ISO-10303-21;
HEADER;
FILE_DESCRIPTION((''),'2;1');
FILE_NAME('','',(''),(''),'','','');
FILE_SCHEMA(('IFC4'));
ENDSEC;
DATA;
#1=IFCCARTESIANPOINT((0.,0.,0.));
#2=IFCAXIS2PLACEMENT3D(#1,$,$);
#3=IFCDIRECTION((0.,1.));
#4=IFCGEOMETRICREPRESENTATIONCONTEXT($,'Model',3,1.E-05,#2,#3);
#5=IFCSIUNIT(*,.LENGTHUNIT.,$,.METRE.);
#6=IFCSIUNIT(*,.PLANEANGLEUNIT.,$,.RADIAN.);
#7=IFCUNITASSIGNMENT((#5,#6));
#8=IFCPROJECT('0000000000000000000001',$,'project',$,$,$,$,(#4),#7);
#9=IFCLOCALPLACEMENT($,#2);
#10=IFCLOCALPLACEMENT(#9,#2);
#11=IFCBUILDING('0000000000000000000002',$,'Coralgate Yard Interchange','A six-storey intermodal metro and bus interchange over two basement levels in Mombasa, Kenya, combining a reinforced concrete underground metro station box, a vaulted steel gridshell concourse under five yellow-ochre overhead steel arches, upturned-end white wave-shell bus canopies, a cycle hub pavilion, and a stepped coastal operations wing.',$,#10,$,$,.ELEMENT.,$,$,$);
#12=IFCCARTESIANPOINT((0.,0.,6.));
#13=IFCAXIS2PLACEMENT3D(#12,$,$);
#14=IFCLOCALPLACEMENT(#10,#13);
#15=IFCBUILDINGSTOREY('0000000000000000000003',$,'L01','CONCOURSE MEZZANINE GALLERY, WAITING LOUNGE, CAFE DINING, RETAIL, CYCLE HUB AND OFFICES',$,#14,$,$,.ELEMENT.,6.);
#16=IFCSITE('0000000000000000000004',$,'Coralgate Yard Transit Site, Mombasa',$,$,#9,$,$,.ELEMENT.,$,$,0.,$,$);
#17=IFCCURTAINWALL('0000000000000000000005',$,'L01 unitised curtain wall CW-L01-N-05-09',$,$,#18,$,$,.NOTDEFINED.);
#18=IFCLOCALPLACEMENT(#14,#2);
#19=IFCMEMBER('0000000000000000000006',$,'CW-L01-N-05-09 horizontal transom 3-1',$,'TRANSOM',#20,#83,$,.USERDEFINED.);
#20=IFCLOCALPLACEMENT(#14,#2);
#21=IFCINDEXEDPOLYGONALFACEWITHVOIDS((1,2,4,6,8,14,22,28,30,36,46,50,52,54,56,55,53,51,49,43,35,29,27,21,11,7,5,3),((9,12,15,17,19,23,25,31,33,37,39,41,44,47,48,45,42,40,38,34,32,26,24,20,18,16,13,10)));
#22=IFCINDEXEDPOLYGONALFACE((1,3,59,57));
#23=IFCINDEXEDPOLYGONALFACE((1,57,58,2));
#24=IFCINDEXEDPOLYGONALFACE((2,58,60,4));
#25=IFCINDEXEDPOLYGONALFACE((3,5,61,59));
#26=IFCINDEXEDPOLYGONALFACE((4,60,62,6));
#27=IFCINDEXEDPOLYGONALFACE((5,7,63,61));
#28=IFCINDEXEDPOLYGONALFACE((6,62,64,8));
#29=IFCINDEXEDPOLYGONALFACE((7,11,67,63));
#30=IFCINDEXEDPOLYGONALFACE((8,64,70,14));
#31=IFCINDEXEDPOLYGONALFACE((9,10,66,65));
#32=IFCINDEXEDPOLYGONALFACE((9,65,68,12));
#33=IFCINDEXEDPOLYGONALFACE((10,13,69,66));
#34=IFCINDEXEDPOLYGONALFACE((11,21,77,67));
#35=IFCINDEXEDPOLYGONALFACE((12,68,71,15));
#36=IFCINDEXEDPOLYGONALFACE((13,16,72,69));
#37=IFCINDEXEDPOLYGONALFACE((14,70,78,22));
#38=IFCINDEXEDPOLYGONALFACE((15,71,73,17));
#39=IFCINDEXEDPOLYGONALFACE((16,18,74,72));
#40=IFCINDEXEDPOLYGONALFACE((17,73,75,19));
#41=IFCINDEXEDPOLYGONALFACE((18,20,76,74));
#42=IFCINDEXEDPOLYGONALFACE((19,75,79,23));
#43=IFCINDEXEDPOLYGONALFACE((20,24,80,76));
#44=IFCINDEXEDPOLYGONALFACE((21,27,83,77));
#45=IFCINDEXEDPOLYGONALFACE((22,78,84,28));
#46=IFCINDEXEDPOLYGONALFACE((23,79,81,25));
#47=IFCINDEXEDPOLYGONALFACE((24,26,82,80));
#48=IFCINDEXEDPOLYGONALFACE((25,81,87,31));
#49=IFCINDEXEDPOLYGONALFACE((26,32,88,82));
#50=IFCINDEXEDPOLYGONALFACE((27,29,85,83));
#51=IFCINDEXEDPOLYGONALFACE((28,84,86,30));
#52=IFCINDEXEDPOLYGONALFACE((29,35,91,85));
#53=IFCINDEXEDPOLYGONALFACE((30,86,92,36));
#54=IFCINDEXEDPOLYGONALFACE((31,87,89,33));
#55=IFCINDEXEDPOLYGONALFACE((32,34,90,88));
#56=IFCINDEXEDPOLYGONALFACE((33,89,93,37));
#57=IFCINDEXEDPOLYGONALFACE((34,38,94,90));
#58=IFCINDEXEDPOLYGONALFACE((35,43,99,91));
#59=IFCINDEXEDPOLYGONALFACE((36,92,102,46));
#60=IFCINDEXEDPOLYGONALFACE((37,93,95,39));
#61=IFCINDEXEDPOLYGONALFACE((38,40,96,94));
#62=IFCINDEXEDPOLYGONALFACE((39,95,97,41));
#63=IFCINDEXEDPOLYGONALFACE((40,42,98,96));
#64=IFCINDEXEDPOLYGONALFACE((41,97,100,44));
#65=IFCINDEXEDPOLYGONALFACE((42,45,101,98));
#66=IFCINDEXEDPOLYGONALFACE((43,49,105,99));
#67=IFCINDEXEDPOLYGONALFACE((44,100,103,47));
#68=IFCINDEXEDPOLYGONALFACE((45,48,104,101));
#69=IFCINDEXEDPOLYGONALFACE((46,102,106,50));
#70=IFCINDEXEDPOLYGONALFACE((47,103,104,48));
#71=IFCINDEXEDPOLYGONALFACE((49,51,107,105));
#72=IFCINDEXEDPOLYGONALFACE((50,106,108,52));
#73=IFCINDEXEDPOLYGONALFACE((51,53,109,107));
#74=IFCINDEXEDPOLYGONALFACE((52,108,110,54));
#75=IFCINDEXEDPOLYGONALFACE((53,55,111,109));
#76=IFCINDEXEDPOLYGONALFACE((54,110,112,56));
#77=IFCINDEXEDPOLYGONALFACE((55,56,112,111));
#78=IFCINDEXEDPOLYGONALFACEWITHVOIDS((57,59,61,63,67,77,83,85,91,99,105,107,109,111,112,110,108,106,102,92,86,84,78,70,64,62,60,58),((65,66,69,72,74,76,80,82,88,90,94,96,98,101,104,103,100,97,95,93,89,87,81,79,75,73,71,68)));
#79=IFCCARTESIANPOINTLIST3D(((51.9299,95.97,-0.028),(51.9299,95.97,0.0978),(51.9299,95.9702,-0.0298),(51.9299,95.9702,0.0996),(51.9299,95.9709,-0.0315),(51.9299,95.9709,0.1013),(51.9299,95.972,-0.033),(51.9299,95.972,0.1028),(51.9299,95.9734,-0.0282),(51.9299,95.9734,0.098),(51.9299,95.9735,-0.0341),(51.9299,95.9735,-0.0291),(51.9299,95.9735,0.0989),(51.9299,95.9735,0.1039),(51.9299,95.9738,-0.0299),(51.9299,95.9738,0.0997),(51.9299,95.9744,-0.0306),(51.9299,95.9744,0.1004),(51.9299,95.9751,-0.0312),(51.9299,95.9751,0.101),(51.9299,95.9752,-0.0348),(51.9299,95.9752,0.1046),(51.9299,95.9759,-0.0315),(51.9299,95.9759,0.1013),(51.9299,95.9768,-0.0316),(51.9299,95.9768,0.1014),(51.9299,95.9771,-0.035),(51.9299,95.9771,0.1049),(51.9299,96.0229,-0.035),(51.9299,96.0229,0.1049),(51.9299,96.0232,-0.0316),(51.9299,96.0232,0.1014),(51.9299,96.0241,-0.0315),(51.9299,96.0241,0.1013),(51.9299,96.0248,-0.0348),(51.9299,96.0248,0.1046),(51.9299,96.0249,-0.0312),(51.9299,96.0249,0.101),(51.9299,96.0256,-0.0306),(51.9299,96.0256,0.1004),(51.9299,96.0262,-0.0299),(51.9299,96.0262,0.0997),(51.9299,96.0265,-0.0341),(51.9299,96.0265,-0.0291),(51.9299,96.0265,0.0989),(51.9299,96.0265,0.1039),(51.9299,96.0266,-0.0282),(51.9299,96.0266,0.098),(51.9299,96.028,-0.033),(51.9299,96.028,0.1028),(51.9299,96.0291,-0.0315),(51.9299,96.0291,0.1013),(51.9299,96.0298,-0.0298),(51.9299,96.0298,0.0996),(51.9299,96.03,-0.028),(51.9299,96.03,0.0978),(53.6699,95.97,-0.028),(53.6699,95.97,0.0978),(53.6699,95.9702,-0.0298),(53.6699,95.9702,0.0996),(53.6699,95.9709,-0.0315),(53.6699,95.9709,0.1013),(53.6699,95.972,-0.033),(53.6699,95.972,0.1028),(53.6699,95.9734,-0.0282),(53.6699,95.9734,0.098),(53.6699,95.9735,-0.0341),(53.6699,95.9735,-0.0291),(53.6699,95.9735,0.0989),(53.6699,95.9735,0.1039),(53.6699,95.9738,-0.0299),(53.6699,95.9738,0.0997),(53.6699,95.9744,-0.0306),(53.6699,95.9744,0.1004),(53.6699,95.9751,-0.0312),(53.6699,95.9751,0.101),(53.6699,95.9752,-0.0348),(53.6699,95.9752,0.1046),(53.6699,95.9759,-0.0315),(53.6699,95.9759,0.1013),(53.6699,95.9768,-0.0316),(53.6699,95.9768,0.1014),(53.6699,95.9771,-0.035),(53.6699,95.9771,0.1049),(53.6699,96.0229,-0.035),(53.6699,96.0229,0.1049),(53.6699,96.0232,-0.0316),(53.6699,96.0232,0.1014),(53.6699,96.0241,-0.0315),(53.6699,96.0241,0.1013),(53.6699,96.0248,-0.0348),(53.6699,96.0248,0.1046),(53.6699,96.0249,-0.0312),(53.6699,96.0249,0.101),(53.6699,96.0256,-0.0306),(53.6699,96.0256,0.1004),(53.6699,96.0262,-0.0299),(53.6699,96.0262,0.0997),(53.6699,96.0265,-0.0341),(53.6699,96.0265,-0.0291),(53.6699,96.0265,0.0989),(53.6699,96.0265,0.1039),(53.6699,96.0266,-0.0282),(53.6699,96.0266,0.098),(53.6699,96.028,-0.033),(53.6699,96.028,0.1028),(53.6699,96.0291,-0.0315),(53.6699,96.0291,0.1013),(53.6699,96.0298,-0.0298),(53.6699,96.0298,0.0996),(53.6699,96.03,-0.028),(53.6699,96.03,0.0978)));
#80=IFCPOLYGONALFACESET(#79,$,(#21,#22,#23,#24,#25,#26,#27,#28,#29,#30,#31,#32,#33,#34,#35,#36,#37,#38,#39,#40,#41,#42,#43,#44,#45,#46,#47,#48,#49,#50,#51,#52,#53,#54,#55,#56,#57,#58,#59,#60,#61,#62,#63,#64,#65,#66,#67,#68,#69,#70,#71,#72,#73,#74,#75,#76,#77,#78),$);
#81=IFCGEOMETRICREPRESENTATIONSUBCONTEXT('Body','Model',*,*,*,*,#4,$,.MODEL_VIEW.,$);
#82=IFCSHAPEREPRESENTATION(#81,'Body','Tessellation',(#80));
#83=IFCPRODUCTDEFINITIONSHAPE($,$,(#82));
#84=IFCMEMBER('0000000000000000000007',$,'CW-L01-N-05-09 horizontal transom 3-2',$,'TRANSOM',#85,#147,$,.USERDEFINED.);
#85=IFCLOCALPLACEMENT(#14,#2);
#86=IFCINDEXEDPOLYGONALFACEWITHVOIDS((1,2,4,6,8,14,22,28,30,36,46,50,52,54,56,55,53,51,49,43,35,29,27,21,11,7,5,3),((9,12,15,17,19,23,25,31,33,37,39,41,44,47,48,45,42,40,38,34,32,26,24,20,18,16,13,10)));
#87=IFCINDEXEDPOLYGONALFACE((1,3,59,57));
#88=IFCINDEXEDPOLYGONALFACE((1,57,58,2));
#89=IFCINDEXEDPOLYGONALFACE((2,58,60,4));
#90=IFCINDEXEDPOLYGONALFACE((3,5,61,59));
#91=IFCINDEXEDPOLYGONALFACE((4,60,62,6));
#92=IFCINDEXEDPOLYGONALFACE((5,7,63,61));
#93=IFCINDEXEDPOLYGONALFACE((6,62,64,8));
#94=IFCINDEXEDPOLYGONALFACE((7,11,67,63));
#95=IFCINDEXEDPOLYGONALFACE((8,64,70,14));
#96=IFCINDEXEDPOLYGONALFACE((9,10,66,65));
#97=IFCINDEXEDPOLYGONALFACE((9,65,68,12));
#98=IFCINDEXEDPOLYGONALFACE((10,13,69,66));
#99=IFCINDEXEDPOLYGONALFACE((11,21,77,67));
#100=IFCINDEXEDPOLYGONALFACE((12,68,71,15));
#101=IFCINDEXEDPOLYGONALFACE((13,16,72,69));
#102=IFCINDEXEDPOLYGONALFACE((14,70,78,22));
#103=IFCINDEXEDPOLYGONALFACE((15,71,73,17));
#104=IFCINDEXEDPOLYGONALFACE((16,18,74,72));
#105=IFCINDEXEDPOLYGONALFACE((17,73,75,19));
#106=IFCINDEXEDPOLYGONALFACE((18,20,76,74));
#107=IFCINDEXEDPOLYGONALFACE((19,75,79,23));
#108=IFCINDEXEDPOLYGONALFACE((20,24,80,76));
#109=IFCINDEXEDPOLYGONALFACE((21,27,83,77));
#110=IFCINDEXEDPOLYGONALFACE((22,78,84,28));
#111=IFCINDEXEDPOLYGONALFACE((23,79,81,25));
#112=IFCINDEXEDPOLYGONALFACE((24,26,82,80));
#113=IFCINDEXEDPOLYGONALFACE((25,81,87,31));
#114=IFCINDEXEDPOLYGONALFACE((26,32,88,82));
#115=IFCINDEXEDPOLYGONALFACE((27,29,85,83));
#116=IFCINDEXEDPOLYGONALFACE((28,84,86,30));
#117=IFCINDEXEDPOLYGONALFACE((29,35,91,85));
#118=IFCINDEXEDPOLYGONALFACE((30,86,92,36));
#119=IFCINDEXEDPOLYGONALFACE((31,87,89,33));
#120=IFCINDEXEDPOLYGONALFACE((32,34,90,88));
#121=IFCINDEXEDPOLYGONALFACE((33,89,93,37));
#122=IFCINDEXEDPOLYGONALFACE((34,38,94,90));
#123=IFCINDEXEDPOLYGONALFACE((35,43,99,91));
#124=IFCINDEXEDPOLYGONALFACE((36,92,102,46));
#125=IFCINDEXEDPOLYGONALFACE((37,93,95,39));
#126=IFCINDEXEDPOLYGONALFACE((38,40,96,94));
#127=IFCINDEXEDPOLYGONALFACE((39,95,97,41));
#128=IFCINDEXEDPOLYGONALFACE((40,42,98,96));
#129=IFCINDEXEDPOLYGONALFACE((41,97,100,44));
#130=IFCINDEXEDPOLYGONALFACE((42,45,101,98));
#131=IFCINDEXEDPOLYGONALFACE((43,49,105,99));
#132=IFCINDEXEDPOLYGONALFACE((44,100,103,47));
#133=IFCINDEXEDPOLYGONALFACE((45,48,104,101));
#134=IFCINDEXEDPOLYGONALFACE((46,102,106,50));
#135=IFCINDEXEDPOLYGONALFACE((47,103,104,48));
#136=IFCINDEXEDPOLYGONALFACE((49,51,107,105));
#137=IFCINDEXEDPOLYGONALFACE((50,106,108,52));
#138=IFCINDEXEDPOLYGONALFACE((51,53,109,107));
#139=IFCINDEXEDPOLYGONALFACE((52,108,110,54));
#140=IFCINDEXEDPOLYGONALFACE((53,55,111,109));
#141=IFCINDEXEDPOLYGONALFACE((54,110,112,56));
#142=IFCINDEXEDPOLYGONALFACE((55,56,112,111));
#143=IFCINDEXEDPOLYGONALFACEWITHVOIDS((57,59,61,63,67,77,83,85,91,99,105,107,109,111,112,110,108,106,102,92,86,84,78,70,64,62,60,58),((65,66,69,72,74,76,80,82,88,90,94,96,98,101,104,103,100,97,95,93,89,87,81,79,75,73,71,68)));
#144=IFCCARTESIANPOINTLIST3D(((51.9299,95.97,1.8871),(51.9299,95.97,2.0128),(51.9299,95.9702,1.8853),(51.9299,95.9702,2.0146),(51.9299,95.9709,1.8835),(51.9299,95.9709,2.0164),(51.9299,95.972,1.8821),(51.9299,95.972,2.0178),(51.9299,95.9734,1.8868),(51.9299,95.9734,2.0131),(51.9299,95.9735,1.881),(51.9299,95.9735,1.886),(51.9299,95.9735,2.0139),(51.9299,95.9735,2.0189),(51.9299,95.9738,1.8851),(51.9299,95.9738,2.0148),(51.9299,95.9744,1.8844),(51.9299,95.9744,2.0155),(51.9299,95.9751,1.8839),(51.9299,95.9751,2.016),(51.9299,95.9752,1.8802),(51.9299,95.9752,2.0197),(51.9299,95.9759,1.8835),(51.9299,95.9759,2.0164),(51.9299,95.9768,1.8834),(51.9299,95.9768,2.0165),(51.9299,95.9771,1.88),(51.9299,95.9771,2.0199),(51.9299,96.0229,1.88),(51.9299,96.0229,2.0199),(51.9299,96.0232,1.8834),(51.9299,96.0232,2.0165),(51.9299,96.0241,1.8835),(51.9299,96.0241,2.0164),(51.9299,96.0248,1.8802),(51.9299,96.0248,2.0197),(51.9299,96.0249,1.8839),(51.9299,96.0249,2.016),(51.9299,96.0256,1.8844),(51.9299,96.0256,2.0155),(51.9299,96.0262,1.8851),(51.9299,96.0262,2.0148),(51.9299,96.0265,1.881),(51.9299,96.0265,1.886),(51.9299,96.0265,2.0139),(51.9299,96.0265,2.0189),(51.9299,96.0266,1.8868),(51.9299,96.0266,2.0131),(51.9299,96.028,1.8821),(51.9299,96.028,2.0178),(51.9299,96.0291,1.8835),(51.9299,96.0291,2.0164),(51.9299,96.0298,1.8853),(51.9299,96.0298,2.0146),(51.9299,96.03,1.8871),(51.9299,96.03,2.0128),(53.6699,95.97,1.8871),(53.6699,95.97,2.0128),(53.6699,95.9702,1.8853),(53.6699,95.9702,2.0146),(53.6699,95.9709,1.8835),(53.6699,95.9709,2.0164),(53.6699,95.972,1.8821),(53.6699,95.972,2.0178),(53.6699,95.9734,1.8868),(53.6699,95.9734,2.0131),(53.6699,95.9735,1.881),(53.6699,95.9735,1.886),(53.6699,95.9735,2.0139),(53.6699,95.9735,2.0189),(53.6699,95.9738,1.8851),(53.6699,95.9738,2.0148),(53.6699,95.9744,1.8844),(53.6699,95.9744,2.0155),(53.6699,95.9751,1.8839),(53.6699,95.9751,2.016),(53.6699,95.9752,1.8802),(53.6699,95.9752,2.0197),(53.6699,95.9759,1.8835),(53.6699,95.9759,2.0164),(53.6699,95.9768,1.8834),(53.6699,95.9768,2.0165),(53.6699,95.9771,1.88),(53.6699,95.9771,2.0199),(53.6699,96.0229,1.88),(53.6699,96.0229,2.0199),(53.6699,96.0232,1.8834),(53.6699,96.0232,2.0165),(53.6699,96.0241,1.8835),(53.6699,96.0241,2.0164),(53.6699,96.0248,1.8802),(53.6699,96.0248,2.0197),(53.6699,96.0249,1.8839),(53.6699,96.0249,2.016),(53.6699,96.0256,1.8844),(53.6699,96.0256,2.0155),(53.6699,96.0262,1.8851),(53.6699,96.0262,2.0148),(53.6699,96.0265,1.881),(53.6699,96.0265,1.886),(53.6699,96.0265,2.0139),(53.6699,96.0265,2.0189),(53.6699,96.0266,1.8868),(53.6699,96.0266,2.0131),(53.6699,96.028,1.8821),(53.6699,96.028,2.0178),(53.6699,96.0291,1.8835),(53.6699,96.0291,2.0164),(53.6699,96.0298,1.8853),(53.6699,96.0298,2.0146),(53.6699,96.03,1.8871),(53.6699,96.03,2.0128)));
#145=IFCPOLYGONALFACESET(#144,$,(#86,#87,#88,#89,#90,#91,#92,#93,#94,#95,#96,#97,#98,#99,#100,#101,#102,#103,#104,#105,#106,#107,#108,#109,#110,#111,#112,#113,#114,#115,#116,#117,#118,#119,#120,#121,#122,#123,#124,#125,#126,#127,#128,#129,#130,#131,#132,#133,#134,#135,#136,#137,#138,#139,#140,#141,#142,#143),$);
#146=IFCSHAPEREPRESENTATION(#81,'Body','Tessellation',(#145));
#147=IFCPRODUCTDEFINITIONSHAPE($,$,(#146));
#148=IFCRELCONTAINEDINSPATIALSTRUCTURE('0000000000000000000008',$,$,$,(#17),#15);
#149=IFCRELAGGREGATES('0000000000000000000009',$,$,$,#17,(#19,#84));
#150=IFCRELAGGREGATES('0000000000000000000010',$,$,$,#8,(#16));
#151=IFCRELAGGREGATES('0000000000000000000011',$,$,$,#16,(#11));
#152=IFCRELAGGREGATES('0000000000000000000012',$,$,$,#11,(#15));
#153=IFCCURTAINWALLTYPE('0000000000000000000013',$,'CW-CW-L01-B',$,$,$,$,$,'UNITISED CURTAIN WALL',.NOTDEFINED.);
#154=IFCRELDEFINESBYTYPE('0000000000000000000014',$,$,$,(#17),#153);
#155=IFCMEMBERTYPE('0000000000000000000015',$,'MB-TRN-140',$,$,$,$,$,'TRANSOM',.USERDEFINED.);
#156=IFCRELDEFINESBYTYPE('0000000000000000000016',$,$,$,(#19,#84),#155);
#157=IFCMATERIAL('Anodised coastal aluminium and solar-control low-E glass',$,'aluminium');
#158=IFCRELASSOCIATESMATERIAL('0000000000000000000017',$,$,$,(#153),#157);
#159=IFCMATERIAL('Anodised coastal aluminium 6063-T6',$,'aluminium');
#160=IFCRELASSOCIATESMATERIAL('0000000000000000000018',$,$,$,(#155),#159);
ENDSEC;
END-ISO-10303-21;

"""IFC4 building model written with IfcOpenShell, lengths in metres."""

from ifc_helpers import new_model, si_unit, direction, frame, origin, origin_2d, place, context, subcontext, project, spatial, hollow_rectangle, extrude, material, material_profile, profile_set, type_object, element, aggregate, save


model = new_model("IFC4")

# Units and contexts
model_context = context("Model", 3, precision=1e-05, world=origin(), true_north=direction((0.0, 1.0)))
body_context = subcontext(model_context, "Body", "Model", "MODEL_VIEW")
ifc_project = project(units=[si_unit("LENGTHUNIT", "METRE"), si_unit("PLANEANGLEUNIT", "RADIAN")], contexts=[model_context])

# Site, building, storey
site_placement = place(None, origin())
site = spatial("IfcSite", under=ifc_project, at=site_placement, Name="Coralgate Yard Transit Site, Mombasa", CompositionType="ELEMENT", RefElevation=0.0)
building_placement = place(site_placement, origin())
building = spatial("IfcBuilding", under=site, at=building_placement, Name="Coralgate Yard Interchange", Description="A six-storey intermodal metro and bus interchange over two basement levels in Mombasa, Kenya, combining a reinforced concrete underground metro station box, a vaulted steel gridshell concourse under five yellow-ochre overhead steel arches, upturned-end white wave-shell bus canopies, a cycle hub pavilion, and a stepped coastal operations wing.", CompositionType="ELEMENT")
storey_placement = place(building_placement, frame((0.0, 0.0, 6.0)))
storey = spatial("IfcBuildingStorey", under=building, at=storey_placement, Name="L01", Description="CONCOURSE MEZZANINE GALLERY, WAITING LOUNGE, CAFE DINING, RETAIL, CYCLE HUB AND OFFICES", CompositionType="ELEMENT", Elevation=6.0)

# Curtain wall, members
ifc_material_1 = material(Name="Anodised coastal aluminium and solar-control low-E glass", Category="aluminium")
curtain_wall_type = type_object("IfcCurtainWallType", Name="CW-CW-L01-B", ElementType="UNITISED CURTAIN WALL", PredefinedType="NOTDEFINED", material=ifc_material_1)
curtain_wall_placement = place(storey_placement, origin())
curtain_wall = element("IfcCurtainWall", 1, at=curtain_wall_placement, inside=storey, type_object=curtain_wall_type, Name="L01 unitised curtain wall CW-L01-N-05-09", PredefinedType="NOTDEFINED")
ifc_material_2 = material(Name="Anodised coastal aluminium 6063-T6", Category="aluminium")
ifc_material_profile_1 = material_profile(ifc_material_2, hollow_rectangle(XDim=0.0601, YDim=0.1399, WallThickness=0.0034, InnerFilletRadius=0.0034, OuterFilletRadius=0.0071, at=origin_2d()), Name="ALU 60x140x3.5")
ifc_profile_set_1 = profile_set([ifc_material_profile_1], Name="Anodised coastal aluminium 6063-T6")
member_type_1 = type_object("IfcMemberType", Name="MB-TRN-140", ElementType="TRANSOM", PredefinedType="USERDEFINED", material=ifc_profile_set_1)
member_1_placement = place(storey_placement, frame((51.9299, 96.0, 0.0349), z_axis=(1.0, 0.0, 0.0), x_axis=(0.0, 1.0, 0.0)))
member_1 = element("IfcMember", 2, at=member_1_placement, type_object=member_type_1, Name="CW-L01-N-05-09 horizontal transom 3-1", ObjectType="TRANSOM", PredefinedType="USERDEFINED", context=body_context, shape_type="SweptSolid", body=[
    extrude(hollow_rectangle(XDim=0.0601, YDim=0.1399, WallThickness=0.0034, InnerFilletRadius=0.0034, OuterFilletRadius=0.0071, at=origin_2d()), origin(), (0.0, 0.0, 1.0), 1.74),
])
member_2_placement = place(storey_placement, frame((51.9299, 96.0, 1.95), z_axis=(1.0, 0.0, 0.0), x_axis=(0.0, 1.0, 0.0)))
member_2 = element("IfcMember", 3, at=member_2_placement, type_object=member_type_1, Name="CW-L01-N-05-09 horizontal transom 3-2", ObjectType="TRANSOM", PredefinedType="USERDEFINED", context=body_context, shape_type="SweptSolid", body=[
    extrude(hollow_rectangle(XDim=0.0601, YDim=0.1399, WallThickness=0.0034, InnerFilletRadius=0.0034, OuterFilletRadius=0.0071, at=origin_2d()), origin(), (0.0, 0.0, 1.0), 1.74),
])
aggregate(curtain_wall, [member_1, member_2])

save(model, "model.ifc")
